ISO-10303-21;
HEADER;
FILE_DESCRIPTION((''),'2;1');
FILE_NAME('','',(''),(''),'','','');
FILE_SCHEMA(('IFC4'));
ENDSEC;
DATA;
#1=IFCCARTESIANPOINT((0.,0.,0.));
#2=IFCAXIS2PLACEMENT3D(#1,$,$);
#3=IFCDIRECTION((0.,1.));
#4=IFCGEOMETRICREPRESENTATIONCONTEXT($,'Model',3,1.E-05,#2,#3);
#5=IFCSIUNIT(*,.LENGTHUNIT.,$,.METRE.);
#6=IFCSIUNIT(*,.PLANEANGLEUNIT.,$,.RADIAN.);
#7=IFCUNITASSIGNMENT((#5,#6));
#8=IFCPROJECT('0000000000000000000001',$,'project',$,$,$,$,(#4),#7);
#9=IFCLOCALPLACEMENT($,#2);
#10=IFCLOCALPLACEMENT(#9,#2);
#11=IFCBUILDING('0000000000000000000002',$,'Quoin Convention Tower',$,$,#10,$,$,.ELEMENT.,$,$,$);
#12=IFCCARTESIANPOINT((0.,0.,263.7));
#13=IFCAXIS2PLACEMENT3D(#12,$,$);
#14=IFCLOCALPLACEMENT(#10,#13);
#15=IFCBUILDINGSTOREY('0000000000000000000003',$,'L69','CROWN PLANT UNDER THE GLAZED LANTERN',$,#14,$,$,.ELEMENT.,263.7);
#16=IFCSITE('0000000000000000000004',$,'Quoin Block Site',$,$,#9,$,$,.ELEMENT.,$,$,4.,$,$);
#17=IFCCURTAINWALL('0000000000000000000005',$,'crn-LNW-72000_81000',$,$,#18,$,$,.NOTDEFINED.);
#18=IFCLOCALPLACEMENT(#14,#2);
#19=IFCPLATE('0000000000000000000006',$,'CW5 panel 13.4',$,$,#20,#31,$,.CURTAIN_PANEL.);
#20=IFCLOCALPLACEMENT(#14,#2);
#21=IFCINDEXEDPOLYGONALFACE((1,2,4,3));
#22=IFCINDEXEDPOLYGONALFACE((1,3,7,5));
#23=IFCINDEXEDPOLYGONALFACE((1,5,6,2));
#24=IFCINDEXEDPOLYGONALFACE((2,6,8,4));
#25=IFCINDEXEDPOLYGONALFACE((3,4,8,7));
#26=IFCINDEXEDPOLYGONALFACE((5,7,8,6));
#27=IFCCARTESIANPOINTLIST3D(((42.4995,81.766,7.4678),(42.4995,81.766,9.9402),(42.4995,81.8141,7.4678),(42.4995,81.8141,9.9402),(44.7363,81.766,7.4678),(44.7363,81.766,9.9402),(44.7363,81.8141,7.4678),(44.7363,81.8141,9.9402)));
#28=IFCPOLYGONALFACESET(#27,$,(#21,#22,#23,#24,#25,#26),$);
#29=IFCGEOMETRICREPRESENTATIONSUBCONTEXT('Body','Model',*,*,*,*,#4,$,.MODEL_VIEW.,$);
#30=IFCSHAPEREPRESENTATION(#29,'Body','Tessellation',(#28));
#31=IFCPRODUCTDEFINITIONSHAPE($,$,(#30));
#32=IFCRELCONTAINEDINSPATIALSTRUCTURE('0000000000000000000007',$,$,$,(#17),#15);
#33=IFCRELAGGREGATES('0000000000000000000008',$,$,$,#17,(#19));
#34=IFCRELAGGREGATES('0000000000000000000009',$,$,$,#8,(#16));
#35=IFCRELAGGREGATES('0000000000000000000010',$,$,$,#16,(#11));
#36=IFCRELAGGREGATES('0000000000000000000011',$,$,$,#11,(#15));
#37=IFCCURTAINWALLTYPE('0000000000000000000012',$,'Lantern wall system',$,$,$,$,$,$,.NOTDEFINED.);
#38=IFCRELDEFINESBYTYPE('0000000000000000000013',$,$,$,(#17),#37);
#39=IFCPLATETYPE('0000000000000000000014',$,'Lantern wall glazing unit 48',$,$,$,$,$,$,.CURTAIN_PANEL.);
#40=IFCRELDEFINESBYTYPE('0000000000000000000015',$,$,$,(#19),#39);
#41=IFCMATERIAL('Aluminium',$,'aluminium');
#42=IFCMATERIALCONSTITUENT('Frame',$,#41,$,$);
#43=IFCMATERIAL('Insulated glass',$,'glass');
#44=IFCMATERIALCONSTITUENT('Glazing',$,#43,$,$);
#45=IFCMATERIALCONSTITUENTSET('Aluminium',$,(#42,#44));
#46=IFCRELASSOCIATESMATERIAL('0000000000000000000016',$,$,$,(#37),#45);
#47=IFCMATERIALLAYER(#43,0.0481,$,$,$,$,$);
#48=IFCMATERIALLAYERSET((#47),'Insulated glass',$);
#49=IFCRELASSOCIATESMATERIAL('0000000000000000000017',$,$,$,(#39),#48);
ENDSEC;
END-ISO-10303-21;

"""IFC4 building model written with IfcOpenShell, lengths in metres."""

from ifc_helpers import new_model, si_unit, direction, frame, origin, origin_2d, place, context, subcontext, project, spatial, rectangle, extrude, material, layer, layer_set, constituent, constituent_set, type_object, element, aggregate, save


model = new_model("IFC4")

# Units and contexts
model_context = context("Model", 3, precision=1e-05, world=origin(), true_north=direction((0.0, 1.0)))
body_context = subcontext(model_context, "Body", "Model", "MODEL_VIEW")
ifc_project = project(units=[si_unit("LENGTHUNIT", "METRE"), si_unit("PLANEANGLEUNIT", "RADIAN")], contexts=[model_context])

# Site, building, storey
site_placement = place(None, origin())
site = spatial("IfcSite", under=ifc_project, at=site_placement, Name="Quoin Block Site", CompositionType="ELEMENT", RefElevation=4.0)
building_placement = place(site_placement, origin())
building = spatial("IfcBuilding", under=site, at=building_placement, Name="Quoin Convention Tower", CompositionType="ELEMENT")
storey_placement = place(building_placement, frame((0.0, 0.0, 263.7)))
storey = spatial("IfcBuildingStorey", under=building, at=storey_placement, Name="L69", Description="CROWN PLANT UNDER THE GLAZED LANTERN", CompositionType="ELEMENT", Elevation=263.7)

# Curtain wall, plate
ifc_material_1 = material(Name="Aluminium", Category="aluminium")
ifc_constituent_1 = constituent(ifc_material_1, Name="Frame")
ifc_material_2 = material(Name="Insulated glass", Category="glass")
ifc_constituent_2 = constituent(ifc_material_2, Name="Glazing")
ifc_constituent_set = constituent_set(constituents=[ifc_constituent_1, ifc_constituent_2], Name="Aluminium")
curtain_wall_type = type_object("IfcCurtainWallType", Name="Lantern wall system", PredefinedType="NOTDEFINED", material=ifc_constituent_set)
curtain_wall_placement = place(storey_placement, origin())
curtain_wall = element("IfcCurtainWall", 1, at=curtain_wall_placement, inside=storey, type_object=curtain_wall_type, Name="crn-LNW-72000_81000", PredefinedType="NOTDEFINED")
ifc_layer = layer(ifc_material_2, 0.0481)
ifc_layer_set = layer_set([ifc_layer], Name="Insulated glass")
plate_type = type_object("IfcPlateType", Name="Lantern wall glazing unit 48", PredefinedType="CURTAIN_PANEL", material=ifc_layer_set)
plate_1_placement = place(storey_placement, frame((43.6179, 81.79, 7.4678), z_axis=(0.0, 0.0, 1.0), x_axis=(-1.0, 0.0, 0.0)))
plate_1 = element("IfcPlate", 2, at=plate_1_placement, type_object=plate_type, Name="CW5 panel 13.4", PredefinedType="CURTAIN_PANEL", context=body_context, shape_type="SweptSolid", body=[
    extrude(rectangle(XDim=2.2368, YDim=0.0481, at=origin_2d()), origin(), (0.0, 0.0, 1.0), 2.4724),
])
aggregate(curtain_wall, [plate_1])

save(model, "model.ifc")
